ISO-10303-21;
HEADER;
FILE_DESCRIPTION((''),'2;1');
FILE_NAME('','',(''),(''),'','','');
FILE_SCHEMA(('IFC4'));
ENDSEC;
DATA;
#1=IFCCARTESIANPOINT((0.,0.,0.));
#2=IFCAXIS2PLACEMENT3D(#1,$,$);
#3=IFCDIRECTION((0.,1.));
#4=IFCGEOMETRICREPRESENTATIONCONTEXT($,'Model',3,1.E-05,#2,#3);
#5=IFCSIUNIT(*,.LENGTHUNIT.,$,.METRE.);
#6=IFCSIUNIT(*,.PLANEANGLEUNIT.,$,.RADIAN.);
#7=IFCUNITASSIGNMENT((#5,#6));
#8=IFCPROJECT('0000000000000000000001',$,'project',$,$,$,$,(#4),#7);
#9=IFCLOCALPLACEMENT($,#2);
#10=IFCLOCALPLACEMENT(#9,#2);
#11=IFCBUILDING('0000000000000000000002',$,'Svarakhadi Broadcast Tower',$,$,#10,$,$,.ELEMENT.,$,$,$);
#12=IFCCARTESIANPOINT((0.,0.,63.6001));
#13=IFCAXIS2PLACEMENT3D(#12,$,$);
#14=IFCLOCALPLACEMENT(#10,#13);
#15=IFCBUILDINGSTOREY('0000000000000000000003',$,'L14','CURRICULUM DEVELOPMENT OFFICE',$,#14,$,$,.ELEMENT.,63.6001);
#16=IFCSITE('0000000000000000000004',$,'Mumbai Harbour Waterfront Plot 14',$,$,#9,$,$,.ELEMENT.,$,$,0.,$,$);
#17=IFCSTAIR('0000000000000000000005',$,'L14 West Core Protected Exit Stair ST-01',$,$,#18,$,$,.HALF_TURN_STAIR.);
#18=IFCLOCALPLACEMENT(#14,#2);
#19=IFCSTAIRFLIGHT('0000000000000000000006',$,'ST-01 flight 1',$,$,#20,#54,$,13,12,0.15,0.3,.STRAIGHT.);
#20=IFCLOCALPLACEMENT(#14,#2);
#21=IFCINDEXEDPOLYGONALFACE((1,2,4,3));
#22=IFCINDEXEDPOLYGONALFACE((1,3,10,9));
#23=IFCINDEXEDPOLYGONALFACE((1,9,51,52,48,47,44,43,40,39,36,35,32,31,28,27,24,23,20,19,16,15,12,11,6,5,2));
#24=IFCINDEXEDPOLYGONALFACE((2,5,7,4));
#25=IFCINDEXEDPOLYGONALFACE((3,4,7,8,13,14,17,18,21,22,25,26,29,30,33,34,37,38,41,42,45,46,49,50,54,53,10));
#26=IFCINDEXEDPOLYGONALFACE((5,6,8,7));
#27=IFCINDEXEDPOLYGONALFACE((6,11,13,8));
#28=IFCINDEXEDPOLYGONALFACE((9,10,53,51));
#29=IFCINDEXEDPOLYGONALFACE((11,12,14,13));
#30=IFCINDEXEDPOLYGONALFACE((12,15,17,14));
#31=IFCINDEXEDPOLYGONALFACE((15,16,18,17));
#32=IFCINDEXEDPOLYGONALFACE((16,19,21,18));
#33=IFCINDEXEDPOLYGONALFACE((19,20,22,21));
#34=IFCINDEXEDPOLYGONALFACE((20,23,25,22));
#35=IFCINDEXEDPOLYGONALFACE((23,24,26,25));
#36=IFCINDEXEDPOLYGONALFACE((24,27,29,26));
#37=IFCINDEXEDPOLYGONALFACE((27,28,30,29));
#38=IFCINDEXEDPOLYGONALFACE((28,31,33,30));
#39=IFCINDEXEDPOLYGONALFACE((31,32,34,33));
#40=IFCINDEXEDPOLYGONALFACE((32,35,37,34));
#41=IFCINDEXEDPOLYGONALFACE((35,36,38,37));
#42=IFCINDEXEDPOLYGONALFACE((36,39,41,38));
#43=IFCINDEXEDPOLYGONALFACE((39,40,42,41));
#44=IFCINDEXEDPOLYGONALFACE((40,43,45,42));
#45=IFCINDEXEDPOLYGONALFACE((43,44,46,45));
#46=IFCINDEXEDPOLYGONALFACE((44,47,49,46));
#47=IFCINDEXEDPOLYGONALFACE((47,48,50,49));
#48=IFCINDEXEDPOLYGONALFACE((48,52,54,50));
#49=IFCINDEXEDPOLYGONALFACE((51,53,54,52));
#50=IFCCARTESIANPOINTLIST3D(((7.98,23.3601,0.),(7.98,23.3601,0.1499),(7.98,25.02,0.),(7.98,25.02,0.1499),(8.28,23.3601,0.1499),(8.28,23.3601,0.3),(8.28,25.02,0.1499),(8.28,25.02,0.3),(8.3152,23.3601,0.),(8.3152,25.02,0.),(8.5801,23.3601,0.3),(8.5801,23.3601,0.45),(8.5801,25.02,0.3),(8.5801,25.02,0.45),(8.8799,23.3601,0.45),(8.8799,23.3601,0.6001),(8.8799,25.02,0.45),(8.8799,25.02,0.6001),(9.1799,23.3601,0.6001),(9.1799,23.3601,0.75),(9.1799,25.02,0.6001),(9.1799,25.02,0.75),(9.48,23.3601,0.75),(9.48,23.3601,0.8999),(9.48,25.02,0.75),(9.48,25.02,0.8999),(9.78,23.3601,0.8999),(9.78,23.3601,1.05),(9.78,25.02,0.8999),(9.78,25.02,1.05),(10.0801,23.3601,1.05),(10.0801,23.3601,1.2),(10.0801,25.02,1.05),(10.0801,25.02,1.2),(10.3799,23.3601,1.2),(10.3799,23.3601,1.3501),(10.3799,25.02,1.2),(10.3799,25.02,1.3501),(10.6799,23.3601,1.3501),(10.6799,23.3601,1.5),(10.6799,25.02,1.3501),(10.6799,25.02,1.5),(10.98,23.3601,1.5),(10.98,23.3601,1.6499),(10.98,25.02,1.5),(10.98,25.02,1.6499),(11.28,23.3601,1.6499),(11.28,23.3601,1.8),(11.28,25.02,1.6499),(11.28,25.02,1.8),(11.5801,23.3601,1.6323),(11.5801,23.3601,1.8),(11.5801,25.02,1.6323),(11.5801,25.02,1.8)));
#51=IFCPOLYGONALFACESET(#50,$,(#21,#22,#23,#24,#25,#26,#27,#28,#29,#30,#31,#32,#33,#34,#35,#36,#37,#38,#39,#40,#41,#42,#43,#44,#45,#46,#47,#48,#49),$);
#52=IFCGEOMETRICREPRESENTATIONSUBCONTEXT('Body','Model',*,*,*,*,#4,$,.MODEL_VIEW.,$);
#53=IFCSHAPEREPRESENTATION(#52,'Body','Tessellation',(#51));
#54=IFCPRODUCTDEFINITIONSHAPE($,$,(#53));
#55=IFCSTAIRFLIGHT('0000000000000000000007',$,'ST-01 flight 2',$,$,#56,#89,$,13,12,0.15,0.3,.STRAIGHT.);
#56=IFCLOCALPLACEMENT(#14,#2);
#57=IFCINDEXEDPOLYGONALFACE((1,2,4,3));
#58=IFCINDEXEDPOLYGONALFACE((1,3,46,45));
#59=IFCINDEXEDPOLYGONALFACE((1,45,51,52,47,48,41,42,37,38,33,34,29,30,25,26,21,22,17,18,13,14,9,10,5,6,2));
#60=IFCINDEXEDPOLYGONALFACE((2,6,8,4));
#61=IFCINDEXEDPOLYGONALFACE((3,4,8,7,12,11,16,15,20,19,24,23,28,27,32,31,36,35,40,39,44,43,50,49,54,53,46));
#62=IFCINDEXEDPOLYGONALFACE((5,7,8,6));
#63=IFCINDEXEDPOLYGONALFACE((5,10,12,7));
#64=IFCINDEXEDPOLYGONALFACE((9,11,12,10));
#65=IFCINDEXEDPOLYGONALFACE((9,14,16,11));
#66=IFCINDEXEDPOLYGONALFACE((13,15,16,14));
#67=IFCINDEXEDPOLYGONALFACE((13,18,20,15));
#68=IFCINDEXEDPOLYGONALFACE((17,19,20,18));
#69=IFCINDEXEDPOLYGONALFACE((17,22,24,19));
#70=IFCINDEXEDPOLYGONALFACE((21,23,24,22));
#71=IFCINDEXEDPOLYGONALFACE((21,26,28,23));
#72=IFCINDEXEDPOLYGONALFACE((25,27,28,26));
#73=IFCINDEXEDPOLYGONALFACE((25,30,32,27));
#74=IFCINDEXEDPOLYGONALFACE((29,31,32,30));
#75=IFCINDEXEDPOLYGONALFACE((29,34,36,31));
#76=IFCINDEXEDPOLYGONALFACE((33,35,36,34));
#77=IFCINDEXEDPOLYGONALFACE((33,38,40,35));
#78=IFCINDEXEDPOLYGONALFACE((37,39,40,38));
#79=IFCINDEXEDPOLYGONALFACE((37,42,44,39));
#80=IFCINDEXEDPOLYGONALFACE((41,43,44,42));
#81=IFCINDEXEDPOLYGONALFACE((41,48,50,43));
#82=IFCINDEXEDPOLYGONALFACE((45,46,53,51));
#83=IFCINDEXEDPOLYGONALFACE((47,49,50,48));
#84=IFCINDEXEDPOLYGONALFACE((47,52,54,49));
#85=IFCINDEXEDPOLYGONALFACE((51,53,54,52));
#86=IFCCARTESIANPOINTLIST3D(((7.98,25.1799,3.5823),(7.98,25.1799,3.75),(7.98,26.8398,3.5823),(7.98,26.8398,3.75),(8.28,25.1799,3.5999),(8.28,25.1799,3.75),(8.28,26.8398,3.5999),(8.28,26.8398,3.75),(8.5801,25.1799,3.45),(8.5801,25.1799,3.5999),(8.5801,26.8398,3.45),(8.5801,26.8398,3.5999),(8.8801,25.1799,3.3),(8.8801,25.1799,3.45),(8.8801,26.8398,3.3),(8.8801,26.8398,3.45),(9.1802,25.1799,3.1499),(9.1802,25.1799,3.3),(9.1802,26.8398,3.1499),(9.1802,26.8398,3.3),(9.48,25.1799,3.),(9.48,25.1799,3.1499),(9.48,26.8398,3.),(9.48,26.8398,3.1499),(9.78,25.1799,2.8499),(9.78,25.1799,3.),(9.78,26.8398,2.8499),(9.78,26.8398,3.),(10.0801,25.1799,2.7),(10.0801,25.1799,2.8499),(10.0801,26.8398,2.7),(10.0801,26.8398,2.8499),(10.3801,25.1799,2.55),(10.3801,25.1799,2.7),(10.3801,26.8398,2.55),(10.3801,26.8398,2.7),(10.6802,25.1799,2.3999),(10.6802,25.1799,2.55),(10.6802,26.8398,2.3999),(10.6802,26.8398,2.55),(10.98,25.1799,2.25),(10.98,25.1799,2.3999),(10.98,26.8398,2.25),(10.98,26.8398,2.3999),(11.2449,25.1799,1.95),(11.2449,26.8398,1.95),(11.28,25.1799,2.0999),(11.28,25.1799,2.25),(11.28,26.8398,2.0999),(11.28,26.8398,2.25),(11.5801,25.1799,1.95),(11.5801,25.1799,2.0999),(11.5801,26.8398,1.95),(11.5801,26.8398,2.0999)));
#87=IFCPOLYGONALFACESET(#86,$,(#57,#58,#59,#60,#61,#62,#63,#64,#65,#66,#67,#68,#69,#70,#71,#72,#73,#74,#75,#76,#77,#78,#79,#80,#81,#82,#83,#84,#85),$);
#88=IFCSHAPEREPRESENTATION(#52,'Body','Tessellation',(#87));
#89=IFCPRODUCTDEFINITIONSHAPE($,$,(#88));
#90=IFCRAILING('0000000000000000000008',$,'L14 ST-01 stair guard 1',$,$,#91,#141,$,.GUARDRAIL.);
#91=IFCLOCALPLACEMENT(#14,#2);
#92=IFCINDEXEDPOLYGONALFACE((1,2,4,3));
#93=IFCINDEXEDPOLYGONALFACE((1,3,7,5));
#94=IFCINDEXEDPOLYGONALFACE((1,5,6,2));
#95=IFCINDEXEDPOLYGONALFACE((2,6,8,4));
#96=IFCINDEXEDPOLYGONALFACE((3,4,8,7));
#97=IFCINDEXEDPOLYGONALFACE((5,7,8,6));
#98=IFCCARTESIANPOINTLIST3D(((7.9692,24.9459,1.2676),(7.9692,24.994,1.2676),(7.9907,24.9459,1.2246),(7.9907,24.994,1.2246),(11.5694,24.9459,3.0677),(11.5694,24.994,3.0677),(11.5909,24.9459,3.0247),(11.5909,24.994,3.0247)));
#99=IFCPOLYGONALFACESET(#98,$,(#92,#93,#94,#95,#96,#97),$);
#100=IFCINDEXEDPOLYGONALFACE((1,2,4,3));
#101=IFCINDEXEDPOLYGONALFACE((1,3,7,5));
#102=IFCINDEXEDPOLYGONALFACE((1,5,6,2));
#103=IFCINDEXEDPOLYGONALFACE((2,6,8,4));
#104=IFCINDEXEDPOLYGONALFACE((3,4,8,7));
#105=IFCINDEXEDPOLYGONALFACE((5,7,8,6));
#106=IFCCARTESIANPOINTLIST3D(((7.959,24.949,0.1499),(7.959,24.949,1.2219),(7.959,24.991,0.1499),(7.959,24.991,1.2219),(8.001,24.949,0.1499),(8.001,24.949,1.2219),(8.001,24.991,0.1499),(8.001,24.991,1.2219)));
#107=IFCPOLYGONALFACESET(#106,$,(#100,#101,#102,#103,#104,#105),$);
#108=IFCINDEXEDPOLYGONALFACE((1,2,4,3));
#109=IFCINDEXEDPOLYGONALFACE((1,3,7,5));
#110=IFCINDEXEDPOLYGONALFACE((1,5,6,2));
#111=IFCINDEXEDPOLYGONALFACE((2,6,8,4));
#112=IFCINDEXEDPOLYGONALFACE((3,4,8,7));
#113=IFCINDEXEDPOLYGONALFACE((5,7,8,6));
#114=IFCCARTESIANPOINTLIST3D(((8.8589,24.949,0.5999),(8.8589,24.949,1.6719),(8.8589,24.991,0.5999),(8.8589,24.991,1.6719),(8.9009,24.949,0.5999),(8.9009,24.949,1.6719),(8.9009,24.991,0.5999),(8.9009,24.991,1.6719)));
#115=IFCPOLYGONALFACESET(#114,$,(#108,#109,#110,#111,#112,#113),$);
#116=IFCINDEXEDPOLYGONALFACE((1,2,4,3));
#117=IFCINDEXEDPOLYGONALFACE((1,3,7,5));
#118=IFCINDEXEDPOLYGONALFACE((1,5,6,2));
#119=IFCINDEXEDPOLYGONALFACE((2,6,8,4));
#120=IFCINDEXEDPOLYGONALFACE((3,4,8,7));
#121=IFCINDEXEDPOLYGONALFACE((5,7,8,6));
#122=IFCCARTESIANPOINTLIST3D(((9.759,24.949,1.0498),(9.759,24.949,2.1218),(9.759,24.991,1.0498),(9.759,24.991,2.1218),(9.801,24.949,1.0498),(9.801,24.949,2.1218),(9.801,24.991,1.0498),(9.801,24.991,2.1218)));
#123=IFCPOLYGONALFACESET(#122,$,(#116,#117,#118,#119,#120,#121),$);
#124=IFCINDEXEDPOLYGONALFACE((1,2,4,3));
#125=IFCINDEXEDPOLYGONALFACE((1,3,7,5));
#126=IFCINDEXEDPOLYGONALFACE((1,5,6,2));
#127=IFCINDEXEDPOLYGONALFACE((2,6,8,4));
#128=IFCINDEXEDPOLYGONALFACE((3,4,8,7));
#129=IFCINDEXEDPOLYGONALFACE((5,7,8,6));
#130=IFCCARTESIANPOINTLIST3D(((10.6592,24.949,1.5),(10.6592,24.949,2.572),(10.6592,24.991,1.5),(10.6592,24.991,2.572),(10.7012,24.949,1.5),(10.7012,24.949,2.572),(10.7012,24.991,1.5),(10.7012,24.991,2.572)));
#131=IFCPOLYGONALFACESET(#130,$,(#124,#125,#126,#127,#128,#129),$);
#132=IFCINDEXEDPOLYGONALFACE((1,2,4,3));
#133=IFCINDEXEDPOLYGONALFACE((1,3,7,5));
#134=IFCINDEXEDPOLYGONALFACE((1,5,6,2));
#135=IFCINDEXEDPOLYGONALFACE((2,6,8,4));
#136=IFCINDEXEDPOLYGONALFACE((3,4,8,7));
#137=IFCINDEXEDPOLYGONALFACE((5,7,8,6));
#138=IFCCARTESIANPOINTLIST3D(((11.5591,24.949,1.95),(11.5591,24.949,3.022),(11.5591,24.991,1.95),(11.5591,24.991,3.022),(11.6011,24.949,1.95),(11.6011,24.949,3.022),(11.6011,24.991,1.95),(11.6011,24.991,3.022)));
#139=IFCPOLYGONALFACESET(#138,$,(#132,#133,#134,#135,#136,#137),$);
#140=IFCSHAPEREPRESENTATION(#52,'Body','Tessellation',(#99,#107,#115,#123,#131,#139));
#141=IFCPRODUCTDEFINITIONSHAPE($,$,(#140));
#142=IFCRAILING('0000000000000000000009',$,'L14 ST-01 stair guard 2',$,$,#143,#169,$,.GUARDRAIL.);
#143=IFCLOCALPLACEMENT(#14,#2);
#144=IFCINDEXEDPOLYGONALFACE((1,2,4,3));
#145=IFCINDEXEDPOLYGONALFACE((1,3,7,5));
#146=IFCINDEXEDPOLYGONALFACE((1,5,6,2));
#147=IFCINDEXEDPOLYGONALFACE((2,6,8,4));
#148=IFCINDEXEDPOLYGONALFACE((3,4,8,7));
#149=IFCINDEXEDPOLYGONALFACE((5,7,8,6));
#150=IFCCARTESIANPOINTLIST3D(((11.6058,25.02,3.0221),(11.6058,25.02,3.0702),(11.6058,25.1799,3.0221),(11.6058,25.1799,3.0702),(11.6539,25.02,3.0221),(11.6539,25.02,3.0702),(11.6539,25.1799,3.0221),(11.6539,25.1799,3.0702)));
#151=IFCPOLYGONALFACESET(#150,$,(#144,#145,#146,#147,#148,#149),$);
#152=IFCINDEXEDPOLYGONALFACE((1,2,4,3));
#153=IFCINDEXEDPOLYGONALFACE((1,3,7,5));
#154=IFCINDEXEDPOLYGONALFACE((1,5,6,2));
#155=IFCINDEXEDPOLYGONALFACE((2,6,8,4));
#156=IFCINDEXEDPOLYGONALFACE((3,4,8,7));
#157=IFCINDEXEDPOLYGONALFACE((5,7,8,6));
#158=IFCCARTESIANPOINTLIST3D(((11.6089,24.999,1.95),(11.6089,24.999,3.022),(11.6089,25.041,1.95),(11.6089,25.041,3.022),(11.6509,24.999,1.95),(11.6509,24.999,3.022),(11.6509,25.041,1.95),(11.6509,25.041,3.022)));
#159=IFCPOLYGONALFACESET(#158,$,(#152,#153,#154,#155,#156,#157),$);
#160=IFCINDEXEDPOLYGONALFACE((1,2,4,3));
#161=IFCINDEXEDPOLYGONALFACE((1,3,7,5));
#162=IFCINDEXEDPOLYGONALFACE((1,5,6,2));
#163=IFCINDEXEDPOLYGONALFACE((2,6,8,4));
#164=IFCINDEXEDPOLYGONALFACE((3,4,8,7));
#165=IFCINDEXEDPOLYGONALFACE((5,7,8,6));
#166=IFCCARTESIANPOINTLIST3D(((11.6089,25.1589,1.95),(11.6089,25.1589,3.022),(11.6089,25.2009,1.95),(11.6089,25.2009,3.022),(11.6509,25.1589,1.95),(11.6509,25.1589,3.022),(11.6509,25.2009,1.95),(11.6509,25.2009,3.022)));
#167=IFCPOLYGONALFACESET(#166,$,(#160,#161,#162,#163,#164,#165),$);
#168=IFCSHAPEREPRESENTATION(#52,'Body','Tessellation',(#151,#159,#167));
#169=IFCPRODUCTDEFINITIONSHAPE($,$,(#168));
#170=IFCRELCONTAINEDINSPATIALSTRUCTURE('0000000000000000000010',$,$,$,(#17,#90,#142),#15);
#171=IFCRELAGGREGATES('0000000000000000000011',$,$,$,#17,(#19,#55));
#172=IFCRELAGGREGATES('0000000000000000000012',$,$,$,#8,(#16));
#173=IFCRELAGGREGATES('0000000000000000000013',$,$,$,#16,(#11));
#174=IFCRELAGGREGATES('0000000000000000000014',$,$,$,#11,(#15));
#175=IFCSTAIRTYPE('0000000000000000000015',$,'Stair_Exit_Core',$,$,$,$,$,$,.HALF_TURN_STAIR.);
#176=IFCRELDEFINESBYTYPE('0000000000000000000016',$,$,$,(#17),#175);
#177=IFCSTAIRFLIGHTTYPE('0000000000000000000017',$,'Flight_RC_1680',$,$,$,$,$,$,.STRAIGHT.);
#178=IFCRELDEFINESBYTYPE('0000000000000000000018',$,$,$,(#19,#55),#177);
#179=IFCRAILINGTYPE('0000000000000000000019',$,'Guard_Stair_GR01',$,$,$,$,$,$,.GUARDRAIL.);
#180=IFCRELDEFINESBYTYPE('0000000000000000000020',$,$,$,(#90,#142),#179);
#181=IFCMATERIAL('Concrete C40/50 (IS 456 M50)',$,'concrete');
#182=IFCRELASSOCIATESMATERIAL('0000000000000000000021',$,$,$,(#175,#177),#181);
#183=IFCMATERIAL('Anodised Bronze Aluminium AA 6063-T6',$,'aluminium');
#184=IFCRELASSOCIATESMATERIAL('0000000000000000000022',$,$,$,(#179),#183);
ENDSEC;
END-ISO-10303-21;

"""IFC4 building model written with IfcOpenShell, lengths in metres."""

from ifc_helpers import new_model, si_unit, direction, frame, origin, origin_2d, place, context, subcontext, project, spatial, polyline, rectangle, outline, extrude, material, type_object, element, aggregate, save


model = new_model("IFC4")

# Units and contexts
model_context = context("Model", 3, precision=1e-05, world=origin(), true_north=direction((0.0, 1.0)))
body_context = subcontext(model_context, "Body", "Model", "MODEL_VIEW")
ifc_project = project(units=[si_unit("LENGTHUNIT", "METRE"), si_unit("PLANEANGLEUNIT", "RADIAN")], contexts=[model_context])

# Site, building, storey
site_placement = place(None, origin())
site = spatial("IfcSite", under=ifc_project, at=site_placement, Name="Mumbai Harbour Waterfront Plot 14", CompositionType="ELEMENT", RefElevation=0.0)
building_placement = place(site_placement, origin())
building = spatial("IfcBuilding", under=site, at=building_placement, Name="Svarakhadi Broadcast Tower", CompositionType="ELEMENT")
storey_placement = place(building_placement, frame((0.0, 0.0, 63.6001)))
storey = spatial("IfcBuildingStorey", under=building, at=storey_placement, Name="L14", Description="CURRICULUM DEVELOPMENT OFFICE", CompositionType="ELEMENT", Elevation=63.6001)

# Shared definitions
ifc_material_1 = material(Name="Concrete C40/50 (IS 456 M50)", Category="concrete")

# Stair, stair flights
stair_type = type_object("IfcStairType", Name="Stair_Exit_Core", PredefinedType="HALF_TURN_STAIR", material=ifc_material_1)
stair_placement = place(storey_placement, origin())
stair = element("IfcStair", 1, at=stair_placement, inside=storey, type_object=stair_type, Name="L14 West Core Protected Exit Stair ST-01", PredefinedType="HALF_TURN_STAIR")
stair_flight_type = type_object("IfcStairFlightType", Name="Flight_RC_1680", PredefinedType="STRAIGHT", material=ifc_material_1)
stair_flight_1_placement = place(storey_placement, frame((7.98, 24.1899, 0.0), z_axis=(0.0, 0.0, 1.0), x_axis=(1.0, 0.0, 0.0)))
stair_flight_1 = element("IfcStairFlight", 2, at=stair_flight_1_placement, type_object=stair_flight_type, Name="ST-01 flight 1", NumberOfRisers=13, NumberOfTreads=12, PredefinedType="STRAIGHT", RiserHeight=0.15, TreadLength=0.3, context=body_context, shape_type="SweptSolid", body=[
    extrude(outline(polyline([(0.0, 0.0), (0.0, 0.1499), (0.3, 0.1499), (0.3, 0.3), (0.6001, 0.3), (0.6001, 0.45), (0.8999, 0.45), (0.8999, 0.6001), (1.2, 0.6001), (1.2, 0.75), (1.5, 0.75), (1.5, 0.8999), (1.8, 0.8999), (1.8, 1.05), (2.1001, 1.05), (2.1001, 1.2), (2.3999, 1.2), (2.3999, 1.3501), (2.7, 1.3501), (2.7, 1.5), (3.0, 1.5), (3.0, 1.6499), (3.3, 1.6499), (3.3, 1.8), (3.6001, 1.8), (3.6001, 1.95), (3.6001, 1.6323), (0.3352, 0.0), (0.0, 0.0)])), frame((0.0, 0.8301, 0.0), z_axis=(0.0, -1.0, 0.0), x_axis=(1.0, 0.0, 0.0)), (0.0, 0.0, 1.0), 1.6599),
])
stair_flight_2_placement = place(storey_placement, frame((11.5801, 26.01, 1.95), z_axis=(0.0, 0.0, 1.0), x_axis=(-1.0, 0.0, 0.0)))
stair_flight_2 = element("IfcStairFlight", 3, at=stair_flight_2_placement, type_object=stair_flight_type, Name="ST-01 flight 2", NumberOfRisers=13, NumberOfTreads=12, PredefinedType="STRAIGHT", RiserHeight=0.15, TreadLength=0.3, context=body_context, shape_type="SweptSolid", body=[
    extrude(outline(polyline([(0.0, 0.0), (0.0, 0.1499), (0.3, 0.1499), (0.3, 0.3), (0.6001, 0.3), (0.6001, 0.45), (0.8999, 0.45), (0.8999, 0.6001), (1.2, 0.6001), (1.2, 0.75), (1.5, 0.75), (1.5, 0.8999), (1.8, 0.8999), (1.8, 1.05), (2.1001, 1.05), (2.1001, 1.2), (2.3999, 1.2), (2.3999, 1.3501), (2.7, 1.3501), (2.7, 1.5), (3.0, 1.5), (3.0, 1.6499), (3.3, 1.6499), (3.3, 1.8), (3.6001, 1.8), (3.6001, 1.95), (3.6001, 1.6323), (0.3352, 0.0), (0.0, 0.0)])), frame((0.0, 0.8301, 0.0), z_axis=(0.0, -1.0, 0.0), x_axis=(1.0, 0.0, 0.0)), (0.0, 0.0, 1.0), 1.6599),
])
aggregate(stair, [stair_flight_1, stair_flight_2])

# Railings
ifc_material_2 = material(Name="Anodised Bronze Aluminium AA 6063-T6", Category="aluminium")
railing_type_1 = type_object("IfcRailingType", Name="Guard_Stair_GR01", PredefinedType="GUARDRAIL", material=ifc_material_2)
railing_1_placement = place(storey_placement, frame((7.98, 24.97, 0.1499)))
element("IfcRailing", 4, at=railing_1_placement, inside=storey, type_object=railing_type_1, Name="L14 ST-01 stair guard 1", PredefinedType="GUARDRAIL", context=body_context, shape_type="SweptSolid", body=[
    extrude(rectangle(XDim=0.0481, YDim=0.0481, at=origin_2d()), frame((0.0, 0.0, 1.0962), z_axis=(0.894427, 0.0, 0.447214), x_axis=(0.0, 1.0, 0.0)), (0.0, 0.0, 1.0), 4.0251),
    extrude(rectangle(XDim=0.042, YDim=0.042, at=origin_2d()), origin(), (0.0, 0.0, 1.0), 1.072),
    extrude(rectangle(XDim=0.042, YDim=0.042, at=origin_2d()), frame((0.8999, 0.0, 0.45)), (0.0, 0.0, 1.0), 1.072),
    extrude(rectangle(XDim=0.042, YDim=0.042, at=origin_2d()), frame((1.8, 0.0, 0.8999)), (0.0, 0.0, 1.0), 1.072),
    extrude(rectangle(XDim=0.042, YDim=0.042, at=origin_2d()), frame((2.7002, 0.0, 1.3501)), (0.0, 0.0, 1.0), 1.072),
    extrude(rectangle(XDim=0.042, YDim=0.042, at=origin_2d()), frame((3.6001, 0.0, 1.8)), (0.0, 0.0, 1.0), 1.072),
])
railing_2_placement = place(storey_placement, frame((11.6299, 25.02, 1.95)))
element("IfcRailing", 5, at=railing_2_placement, inside=storey, type_object=railing_type_1, Name="L14 ST-01 stair guard 2", PredefinedType="GUARDRAIL", context=body_context, shape_type="SweptSolid", body=[
    extrude(rectangle(XDim=0.0481, YDim=0.0481, at=origin_2d()), frame((0.0, 0.0, 1.0962), z_axis=(0.0, 1.0, 0.0), x_axis=(-1.0, 0.0, 0.0)), (0.0, 0.0, 1.0), 0.1599),
    extrude(rectangle(XDim=0.042, YDim=0.042, at=origin_2d()), origin(), (0.0, 0.0, 1.0), 1.072),
    extrude(rectangle(XDim=0.042, YDim=0.042, at=origin_2d()), frame((0.0, 0.1599, 0.0)), (0.0, 0.0, 1.0), 1.072),
])

save(model, "model.ifc")
